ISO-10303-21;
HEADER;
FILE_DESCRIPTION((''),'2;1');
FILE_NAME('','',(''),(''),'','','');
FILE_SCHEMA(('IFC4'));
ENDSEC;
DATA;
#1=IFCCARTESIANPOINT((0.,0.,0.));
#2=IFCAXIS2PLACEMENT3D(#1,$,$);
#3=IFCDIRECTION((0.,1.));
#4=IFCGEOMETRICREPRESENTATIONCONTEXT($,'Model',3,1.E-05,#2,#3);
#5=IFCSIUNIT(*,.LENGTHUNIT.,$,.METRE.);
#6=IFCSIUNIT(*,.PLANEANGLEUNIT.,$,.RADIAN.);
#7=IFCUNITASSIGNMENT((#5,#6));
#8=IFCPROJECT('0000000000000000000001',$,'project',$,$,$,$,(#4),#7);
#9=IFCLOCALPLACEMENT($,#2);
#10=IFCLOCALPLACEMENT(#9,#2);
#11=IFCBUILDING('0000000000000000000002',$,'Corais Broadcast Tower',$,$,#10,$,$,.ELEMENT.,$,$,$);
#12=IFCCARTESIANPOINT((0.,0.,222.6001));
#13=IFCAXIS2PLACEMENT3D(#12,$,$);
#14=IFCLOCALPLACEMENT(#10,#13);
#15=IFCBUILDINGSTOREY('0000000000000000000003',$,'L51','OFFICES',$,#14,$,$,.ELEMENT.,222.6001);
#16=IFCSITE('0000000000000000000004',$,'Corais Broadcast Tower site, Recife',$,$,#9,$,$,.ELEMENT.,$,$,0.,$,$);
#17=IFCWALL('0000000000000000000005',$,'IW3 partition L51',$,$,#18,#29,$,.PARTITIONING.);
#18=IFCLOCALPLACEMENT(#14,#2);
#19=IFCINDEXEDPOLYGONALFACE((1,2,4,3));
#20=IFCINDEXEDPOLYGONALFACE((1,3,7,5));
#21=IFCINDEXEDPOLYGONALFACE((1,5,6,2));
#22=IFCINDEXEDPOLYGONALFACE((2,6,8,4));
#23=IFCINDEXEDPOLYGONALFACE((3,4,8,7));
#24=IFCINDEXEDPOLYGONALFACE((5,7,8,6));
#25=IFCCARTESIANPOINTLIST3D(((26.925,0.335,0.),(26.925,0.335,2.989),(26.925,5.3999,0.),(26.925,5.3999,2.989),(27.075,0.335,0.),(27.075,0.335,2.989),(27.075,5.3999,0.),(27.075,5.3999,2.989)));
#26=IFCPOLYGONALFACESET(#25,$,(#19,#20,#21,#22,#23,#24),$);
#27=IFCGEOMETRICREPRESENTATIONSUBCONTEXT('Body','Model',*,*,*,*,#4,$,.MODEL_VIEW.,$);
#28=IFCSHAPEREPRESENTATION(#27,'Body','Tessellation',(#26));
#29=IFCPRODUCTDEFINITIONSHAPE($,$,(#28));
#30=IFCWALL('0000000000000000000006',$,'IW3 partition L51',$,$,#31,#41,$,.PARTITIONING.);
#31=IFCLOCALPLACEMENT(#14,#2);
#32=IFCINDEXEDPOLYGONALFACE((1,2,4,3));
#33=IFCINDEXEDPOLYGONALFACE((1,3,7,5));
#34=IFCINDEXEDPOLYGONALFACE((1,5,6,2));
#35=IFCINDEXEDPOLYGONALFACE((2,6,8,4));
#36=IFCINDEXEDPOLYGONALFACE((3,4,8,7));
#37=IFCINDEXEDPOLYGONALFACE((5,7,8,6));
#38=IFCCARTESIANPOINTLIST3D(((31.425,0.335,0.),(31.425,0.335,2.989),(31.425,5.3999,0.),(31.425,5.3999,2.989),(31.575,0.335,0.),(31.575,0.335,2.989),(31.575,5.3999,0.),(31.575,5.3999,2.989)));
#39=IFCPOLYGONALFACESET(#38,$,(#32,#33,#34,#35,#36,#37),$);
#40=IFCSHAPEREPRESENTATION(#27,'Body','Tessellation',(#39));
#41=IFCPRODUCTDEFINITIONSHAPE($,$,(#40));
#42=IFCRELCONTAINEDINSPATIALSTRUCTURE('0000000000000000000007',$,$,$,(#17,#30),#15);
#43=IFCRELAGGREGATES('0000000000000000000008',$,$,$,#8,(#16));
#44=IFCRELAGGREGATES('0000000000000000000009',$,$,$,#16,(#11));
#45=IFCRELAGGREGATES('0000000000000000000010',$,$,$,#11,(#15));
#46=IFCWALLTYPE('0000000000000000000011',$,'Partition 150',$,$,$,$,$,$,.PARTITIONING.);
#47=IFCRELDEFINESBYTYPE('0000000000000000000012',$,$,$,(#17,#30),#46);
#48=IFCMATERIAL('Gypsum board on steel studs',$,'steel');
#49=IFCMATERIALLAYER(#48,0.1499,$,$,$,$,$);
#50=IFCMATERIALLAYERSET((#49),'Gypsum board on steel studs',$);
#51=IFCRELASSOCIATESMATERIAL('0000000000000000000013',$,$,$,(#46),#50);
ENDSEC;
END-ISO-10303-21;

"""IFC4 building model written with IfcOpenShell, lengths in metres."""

from ifc_helpers import new_model, si_unit, direction, frame, frame_2d, origin, place, context, subcontext, project, spatial, rectangle, extrude, material, layer, layer_set, type_object, element, save


model = new_model("IFC4")

# Units and contexts
model_context = context("Model", 3, precision=1e-05, world=origin(), true_north=direction((0.0, 1.0)))
body_context = subcontext(model_context, "Body", "Model", "MODEL_VIEW")
ifc_project = project(units=[si_unit("LENGTHUNIT", "METRE"), si_unit("PLANEANGLEUNIT", "RADIAN")], contexts=[model_context])

# Site, building, storey
site_placement = place(None, origin())
site = spatial("IfcSite", under=ifc_project, at=site_placement, Name="Corais Broadcast Tower site, Recife", CompositionType="ELEMENT", RefElevation=0.0)
building_placement = place(site_placement, origin())
building = spatial("IfcBuilding", under=site, at=building_placement, Name="Corais Broadcast Tower", CompositionType="ELEMENT")
storey_placement = place(building_placement, frame((0.0, 0.0, 222.6001)))
storey = spatial("IfcBuildingStorey", under=building, at=storey_placement, Name="L51", Description="OFFICES", CompositionType="ELEMENT", Elevation=222.6001)

# Walls
ifc_material_1 = material(Name="Gypsum board on steel studs", Category="steel")
ifc_layer_1 = layer(ifc_material_1, 0.1499)
ifc_layer_set_1 = layer_set([ifc_layer_1], Name="Gypsum board on steel studs")
wall_type = type_object("IfcWallType", Name="Partition 150", PredefinedType="PARTITIONING", material=ifc_layer_set_1)
for number, where, z_axis, x_axis, name in (
    (1, (27.0, 0.335, 0.0), (0.0, 0.0, 1.0), (0.0, 1.0, 0.0), "IW3 partition L51"),
    (2, (31.5, 0.335, 0.0), (0.0, 0.0, 1.0), (0.0, 1.0, 0.0), "IW3 partition L51"),
):
    element("IfcWall", number, at=place(storey_placement, frame(where, z_axis=z_axis, x_axis=x_axis)), inside=storey, type_object=wall_type, Name=name, PredefinedType="PARTITIONING", context=body_context, shape_type="SweptSolid", body=[
        extrude(rectangle(XDim=5.0649, YDim=0.1499, at=frame_2d((2.5325, 0.0))), origin(), (0.0, 0.0, 1.0), 2.989),
    ])

save(model, "model.ifc")
